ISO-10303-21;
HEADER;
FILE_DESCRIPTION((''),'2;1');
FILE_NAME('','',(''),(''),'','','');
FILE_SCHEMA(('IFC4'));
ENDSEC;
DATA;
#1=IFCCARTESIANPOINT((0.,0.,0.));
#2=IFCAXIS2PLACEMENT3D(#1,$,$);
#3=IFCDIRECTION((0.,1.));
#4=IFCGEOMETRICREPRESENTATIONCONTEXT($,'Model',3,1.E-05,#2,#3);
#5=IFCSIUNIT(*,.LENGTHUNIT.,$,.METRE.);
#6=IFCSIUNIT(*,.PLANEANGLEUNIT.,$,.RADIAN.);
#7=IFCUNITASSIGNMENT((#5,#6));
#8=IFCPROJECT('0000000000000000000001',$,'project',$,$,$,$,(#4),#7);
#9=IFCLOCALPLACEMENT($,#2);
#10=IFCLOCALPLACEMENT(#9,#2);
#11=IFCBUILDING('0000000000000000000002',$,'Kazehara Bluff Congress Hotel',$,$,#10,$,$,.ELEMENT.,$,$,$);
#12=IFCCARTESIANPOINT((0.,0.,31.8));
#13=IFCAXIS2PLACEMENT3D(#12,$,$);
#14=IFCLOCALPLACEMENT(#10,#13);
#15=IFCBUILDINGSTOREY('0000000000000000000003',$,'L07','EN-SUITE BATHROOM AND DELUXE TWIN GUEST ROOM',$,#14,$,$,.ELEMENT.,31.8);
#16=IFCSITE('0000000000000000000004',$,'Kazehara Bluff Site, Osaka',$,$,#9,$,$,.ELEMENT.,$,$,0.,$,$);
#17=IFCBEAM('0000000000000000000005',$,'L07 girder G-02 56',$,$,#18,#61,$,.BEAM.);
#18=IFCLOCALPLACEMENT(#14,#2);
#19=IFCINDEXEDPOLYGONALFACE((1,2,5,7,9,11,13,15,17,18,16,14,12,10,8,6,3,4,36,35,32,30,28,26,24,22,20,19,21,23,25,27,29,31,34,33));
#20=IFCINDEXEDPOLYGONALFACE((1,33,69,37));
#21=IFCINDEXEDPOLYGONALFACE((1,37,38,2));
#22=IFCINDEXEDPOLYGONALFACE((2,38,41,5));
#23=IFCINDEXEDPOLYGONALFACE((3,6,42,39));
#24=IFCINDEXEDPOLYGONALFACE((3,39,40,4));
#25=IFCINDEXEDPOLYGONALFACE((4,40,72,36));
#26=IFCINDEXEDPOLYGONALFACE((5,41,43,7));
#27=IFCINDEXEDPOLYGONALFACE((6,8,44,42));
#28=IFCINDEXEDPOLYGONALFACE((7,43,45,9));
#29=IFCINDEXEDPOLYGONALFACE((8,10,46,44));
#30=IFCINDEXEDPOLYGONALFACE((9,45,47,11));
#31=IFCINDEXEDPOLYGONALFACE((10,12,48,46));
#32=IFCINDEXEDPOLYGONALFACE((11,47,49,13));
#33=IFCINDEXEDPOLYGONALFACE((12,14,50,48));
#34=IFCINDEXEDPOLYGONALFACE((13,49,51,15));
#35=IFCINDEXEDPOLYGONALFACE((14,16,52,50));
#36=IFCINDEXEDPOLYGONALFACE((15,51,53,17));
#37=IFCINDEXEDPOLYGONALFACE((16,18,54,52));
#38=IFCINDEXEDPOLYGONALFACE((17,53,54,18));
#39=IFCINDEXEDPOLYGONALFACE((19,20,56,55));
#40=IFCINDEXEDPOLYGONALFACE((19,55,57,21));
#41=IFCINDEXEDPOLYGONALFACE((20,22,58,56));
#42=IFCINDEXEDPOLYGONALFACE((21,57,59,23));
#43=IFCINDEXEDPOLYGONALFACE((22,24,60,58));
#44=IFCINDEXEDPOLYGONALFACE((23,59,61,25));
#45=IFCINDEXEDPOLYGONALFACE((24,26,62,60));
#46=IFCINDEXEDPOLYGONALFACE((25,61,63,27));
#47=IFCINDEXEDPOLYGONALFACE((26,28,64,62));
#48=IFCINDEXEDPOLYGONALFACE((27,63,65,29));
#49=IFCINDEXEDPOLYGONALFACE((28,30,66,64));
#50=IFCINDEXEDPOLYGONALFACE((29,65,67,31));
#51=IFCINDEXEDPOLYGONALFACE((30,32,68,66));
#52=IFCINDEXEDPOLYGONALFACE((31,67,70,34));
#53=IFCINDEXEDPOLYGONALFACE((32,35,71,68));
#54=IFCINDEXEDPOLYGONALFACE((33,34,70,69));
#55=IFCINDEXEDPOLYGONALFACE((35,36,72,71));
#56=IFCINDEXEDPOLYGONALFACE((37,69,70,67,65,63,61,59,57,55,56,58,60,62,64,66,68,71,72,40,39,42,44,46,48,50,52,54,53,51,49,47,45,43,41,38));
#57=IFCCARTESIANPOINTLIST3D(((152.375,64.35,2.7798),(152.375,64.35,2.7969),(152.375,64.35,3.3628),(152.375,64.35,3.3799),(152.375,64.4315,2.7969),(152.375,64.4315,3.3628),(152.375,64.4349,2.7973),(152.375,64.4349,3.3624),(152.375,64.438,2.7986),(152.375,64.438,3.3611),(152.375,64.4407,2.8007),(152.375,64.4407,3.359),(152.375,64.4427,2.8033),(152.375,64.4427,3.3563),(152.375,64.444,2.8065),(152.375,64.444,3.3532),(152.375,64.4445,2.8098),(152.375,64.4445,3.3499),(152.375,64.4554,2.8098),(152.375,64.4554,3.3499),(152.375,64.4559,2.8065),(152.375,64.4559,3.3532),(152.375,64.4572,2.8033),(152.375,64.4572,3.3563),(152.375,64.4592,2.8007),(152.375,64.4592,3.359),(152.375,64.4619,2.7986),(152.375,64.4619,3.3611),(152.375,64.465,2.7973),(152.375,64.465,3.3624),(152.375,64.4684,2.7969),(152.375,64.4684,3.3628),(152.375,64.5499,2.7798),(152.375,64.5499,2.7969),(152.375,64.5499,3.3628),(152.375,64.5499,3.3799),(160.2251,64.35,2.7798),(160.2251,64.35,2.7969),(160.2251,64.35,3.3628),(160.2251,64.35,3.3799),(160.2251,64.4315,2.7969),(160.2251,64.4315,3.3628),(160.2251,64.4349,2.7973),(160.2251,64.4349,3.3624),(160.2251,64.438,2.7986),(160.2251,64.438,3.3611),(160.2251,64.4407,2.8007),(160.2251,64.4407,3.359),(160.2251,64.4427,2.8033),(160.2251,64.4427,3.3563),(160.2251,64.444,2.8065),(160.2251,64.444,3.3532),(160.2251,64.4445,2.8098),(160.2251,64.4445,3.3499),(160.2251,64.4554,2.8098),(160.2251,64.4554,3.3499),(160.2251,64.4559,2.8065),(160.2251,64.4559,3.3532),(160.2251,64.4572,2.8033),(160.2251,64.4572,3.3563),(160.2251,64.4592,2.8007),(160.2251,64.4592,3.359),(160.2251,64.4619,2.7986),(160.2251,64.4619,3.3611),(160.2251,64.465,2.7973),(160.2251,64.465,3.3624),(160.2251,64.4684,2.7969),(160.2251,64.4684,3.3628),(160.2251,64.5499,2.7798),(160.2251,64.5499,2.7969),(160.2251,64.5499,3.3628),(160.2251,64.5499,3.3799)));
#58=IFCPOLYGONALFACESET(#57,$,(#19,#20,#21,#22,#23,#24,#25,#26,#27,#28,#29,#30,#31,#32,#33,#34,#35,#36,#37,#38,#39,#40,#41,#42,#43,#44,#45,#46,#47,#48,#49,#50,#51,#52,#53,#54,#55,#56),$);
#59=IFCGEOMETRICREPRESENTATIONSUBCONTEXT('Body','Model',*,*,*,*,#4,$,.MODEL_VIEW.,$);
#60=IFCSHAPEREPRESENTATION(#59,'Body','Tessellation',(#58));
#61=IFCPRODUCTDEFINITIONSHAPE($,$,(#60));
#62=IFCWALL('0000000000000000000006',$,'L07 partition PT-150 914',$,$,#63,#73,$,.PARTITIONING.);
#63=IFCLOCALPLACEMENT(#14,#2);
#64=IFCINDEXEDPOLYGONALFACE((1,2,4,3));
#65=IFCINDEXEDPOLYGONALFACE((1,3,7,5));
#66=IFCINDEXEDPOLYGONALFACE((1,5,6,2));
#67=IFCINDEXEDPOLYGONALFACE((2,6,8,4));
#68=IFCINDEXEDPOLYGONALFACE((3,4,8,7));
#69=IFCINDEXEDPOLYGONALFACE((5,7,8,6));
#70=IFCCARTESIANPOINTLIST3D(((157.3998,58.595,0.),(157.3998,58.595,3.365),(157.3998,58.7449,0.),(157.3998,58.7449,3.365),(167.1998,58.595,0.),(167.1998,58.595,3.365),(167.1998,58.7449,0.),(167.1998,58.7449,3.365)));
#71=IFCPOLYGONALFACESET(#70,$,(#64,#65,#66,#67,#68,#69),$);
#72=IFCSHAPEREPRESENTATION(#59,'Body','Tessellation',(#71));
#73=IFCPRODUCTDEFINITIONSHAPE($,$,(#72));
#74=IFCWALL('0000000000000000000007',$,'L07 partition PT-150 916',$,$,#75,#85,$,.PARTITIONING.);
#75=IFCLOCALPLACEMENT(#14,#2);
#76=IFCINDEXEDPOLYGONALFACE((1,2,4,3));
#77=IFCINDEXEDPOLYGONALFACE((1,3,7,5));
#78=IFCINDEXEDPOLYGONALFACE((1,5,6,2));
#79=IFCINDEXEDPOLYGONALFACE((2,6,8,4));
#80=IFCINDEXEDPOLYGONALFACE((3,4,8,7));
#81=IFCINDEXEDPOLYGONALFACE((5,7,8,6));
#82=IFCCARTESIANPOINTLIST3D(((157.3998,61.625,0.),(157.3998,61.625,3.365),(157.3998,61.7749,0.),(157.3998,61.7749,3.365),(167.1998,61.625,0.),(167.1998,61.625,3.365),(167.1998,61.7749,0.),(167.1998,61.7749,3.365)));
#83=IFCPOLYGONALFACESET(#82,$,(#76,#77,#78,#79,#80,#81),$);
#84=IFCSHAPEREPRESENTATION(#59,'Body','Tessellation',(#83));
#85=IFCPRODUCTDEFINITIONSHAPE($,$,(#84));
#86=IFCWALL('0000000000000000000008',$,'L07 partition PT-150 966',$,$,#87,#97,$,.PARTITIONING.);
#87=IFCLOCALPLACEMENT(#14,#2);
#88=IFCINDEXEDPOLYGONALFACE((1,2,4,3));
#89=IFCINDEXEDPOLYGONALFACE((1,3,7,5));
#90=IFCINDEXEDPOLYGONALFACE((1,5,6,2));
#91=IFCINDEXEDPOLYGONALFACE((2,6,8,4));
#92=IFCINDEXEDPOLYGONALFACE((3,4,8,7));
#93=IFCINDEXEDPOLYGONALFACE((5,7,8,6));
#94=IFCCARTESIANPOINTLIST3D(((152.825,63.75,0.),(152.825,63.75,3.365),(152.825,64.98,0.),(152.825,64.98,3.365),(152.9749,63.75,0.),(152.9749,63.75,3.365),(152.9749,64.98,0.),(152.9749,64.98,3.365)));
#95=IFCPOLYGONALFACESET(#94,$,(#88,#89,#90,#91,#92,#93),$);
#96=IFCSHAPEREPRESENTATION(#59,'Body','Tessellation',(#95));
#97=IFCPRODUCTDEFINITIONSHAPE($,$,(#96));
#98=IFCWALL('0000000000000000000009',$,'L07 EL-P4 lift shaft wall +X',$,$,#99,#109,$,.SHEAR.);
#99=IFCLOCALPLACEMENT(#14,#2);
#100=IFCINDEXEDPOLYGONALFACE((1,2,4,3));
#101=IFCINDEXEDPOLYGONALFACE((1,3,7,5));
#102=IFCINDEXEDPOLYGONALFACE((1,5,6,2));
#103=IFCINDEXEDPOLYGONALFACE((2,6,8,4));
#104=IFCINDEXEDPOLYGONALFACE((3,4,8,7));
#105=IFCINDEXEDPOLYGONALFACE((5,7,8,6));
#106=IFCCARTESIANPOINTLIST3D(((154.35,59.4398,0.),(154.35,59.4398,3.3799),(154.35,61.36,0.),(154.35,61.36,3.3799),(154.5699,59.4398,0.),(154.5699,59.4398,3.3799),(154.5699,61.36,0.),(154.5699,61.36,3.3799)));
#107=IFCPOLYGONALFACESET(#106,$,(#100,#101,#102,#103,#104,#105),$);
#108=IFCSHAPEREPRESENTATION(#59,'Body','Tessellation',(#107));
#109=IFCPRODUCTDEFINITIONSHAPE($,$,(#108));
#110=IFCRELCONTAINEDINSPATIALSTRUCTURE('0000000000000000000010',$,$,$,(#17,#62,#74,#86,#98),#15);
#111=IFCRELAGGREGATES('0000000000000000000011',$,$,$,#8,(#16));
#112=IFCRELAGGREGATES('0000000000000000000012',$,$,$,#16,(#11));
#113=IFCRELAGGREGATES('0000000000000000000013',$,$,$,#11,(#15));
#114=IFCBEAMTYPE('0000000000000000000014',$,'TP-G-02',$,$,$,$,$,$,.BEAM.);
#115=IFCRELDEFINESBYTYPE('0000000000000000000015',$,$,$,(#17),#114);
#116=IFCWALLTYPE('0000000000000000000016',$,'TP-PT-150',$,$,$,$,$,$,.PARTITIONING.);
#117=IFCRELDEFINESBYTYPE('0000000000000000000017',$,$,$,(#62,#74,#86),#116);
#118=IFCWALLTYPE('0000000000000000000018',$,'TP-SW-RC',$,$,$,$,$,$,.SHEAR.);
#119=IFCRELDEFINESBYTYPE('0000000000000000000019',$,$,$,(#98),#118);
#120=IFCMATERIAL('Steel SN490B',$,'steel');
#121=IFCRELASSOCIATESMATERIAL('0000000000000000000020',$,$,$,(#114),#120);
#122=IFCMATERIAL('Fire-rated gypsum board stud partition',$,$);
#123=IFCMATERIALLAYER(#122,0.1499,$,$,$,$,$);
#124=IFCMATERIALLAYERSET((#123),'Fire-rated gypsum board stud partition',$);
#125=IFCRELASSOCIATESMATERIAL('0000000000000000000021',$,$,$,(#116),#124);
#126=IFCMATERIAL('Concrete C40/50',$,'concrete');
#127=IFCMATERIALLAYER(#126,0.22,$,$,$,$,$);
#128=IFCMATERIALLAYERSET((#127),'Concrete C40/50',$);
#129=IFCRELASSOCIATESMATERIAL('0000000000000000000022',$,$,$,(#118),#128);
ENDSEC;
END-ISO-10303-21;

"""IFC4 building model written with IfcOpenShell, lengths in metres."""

from ifc_helpers import new_model, si_unit, direction, frame, frame_2d, origin, origin_2d, place, context, subcontext, project, spatial, rectangle, i_section, extrude, material, layer, layer_set, material_profile, profile_set, type_object, element, save


model = new_model("IFC4")

# Units and contexts
model_context = context("Model", 3, precision=1e-05, world=origin(), true_north=direction((0.0, 1.0)))
body_context = subcontext(model_context, "Body", "Model", "MODEL_VIEW")
ifc_project = project(units=[si_unit("LENGTHUNIT", "METRE"), si_unit("PLANEANGLEUNIT", "RADIAN")], contexts=[model_context])

# Site, building, storey
site_placement = place(None, origin())
site = spatial("IfcSite", under=ifc_project, at=site_placement, Name="Kazehara Bluff Site, Osaka", CompositionType="ELEMENT", RefElevation=0.0)
building_placement = place(site_placement, origin())
building = spatial("IfcBuilding", under=site, at=building_placement, Name="Kazehara Bluff Congress Hotel", CompositionType="ELEMENT")
storey_placement = place(building_placement, frame((0.0, 0.0, 31.8)))
storey = spatial("IfcBuildingStorey", under=building, at=storey_placement, Name="L07", Description="EN-SUITE BATHROOM AND DELUXE TWIN GUEST ROOM", CompositionType="ELEMENT", Elevation=31.8)

# Beam
ifc_material_1 = material(Name="Steel SN490B", Category="steel")
ifc_material_profile = material_profile(ifc_material_1, i_section(OverallWidth=0.2, OverallDepth=0.6001, WebThickness=0.011, FlangeThickness=0.0171, FilletRadius=0.0129, at=origin_2d()))
ifc_profile_set = profile_set([ifc_material_profile], Name="Steel SN490B")
beam_type = type_object("IfcBeamType", Name="TP-G-02", PredefinedType="BEAM", material=ifc_profile_set)
beam_placement = place(storey_placement, frame((152.375, 64.45, 3.0798), z_axis=(1.0, 0.0, 0.0), x_axis=(0.0, 1.0, 0.0)))
element("IfcBeam", 1, at=beam_placement, inside=storey, type_object=beam_type, Name="L07 girder G-02 56", PredefinedType="BEAM", context=body_context, shape_type="SweptSolid", body=[
    extrude(i_section(OverallWidth=0.2, OverallDepth=0.6001, WebThickness=0.011, FlangeThickness=0.0171, FilletRadius=0.0129, at=origin_2d()), origin(), (0.0, 0.0, 1.0), 7.8501),
])

# Shared definitions
ifc_material_2 = material(Name="Fire-rated gypsum board stud partition")
ifc_layer_1 = layer(ifc_material_2, 0.1499)
ifc_layer_set_1 = layer_set([ifc_layer_1], Name="Fire-rated gypsum board stud partition")
wall_type_1 = type_object("IfcWallType", Name="TP-PT-150", PredefinedType="PARTITIONING", material=ifc_layer_set_1)

# Wall
wall_1_placement = place(storey_placement, frame((157.3999, 58.6699, 0.0), z_axis=(0.0, 0.0, 1.0), x_axis=(1.0, 0.0, 0.0)))
element("IfcWall", 2, at=wall_1_placement, inside=storey, type_object=wall_type_1, Name="L07 partition PT-150 914", PredefinedType="PARTITIONING", context=body_context, shape_type="SweptSolid", body=[
    extrude(rectangle(XDim=9.8, YDim=0.1499, at=frame_2d((4.8999, 0.0))), origin(), (0.0, 0.0, 1.0), 3.365),
])

# Wall
wall_2_placement = place(storey_placement, frame((157.3999, 61.7, 0.0), z_axis=(0.0, 0.0, 1.0), x_axis=(1.0, 0.0, 0.0)))
element("IfcWall", 3, at=wall_2_placement, inside=storey, type_object=wall_type_1, Name="L07 partition PT-150 916", PredefinedType="PARTITIONING", context=body_context, shape_type="SweptSolid", body=[
    extrude(rectangle(XDim=9.8, YDim=0.1499, at=frame_2d((4.8999, 0.0))), origin(), (0.0, 0.0, 1.0), 3.365),
])

# Wall
wall_3_placement = place(storey_placement, frame((152.8999, 63.75, 0.0), z_axis=(0.0, 0.0, 1.0), x_axis=(0.0, 1.0, 0.0)))
element("IfcWall", 4, at=wall_3_placement, inside=storey, type_object=wall_type_1, Name="L07 partition PT-150 966", PredefinedType="PARTITIONING", context=body_context, shape_type="SweptSolid", body=[
    extrude(rectangle(XDim=1.23, YDim=0.1499, at=frame_2d((0.615, 0.0))), origin(), (0.0, 0.0, 1.0), 3.365),
])

# Wall
ifc_material_3 = material(Name="Concrete C40/50", Category="concrete")
ifc_layer_2 = layer(ifc_material_3, 0.22)
ifc_layer_set_2 = layer_set([ifc_layer_2], Name="Concrete C40/50")
wall_type_2 = type_object("IfcWallType", Name="TP-SW-RC", PredefinedType="SHEAR", material=ifc_layer_set_2)
wall_4_placement = place(storey_placement, frame((154.46, 59.4399, 0.0), z_axis=(0.0, 0.0, 1.0), x_axis=(0.0, 1.0, 0.0)))
element("IfcWall", 5, at=wall_4_placement, inside=storey, type_object=wall_type_2, Name="L07 EL-P4 lift shaft wall +X", PredefinedType="SHEAR", context=body_context, shape_type="SweptSolid", body=[
    extrude(rectangle(XDim=1.9202, YDim=0.22, at=frame_2d((0.96, 0.0))), origin(), (0.0, 0.0, 1.0), 3.3799),
])

save(model, "model.ifc")
